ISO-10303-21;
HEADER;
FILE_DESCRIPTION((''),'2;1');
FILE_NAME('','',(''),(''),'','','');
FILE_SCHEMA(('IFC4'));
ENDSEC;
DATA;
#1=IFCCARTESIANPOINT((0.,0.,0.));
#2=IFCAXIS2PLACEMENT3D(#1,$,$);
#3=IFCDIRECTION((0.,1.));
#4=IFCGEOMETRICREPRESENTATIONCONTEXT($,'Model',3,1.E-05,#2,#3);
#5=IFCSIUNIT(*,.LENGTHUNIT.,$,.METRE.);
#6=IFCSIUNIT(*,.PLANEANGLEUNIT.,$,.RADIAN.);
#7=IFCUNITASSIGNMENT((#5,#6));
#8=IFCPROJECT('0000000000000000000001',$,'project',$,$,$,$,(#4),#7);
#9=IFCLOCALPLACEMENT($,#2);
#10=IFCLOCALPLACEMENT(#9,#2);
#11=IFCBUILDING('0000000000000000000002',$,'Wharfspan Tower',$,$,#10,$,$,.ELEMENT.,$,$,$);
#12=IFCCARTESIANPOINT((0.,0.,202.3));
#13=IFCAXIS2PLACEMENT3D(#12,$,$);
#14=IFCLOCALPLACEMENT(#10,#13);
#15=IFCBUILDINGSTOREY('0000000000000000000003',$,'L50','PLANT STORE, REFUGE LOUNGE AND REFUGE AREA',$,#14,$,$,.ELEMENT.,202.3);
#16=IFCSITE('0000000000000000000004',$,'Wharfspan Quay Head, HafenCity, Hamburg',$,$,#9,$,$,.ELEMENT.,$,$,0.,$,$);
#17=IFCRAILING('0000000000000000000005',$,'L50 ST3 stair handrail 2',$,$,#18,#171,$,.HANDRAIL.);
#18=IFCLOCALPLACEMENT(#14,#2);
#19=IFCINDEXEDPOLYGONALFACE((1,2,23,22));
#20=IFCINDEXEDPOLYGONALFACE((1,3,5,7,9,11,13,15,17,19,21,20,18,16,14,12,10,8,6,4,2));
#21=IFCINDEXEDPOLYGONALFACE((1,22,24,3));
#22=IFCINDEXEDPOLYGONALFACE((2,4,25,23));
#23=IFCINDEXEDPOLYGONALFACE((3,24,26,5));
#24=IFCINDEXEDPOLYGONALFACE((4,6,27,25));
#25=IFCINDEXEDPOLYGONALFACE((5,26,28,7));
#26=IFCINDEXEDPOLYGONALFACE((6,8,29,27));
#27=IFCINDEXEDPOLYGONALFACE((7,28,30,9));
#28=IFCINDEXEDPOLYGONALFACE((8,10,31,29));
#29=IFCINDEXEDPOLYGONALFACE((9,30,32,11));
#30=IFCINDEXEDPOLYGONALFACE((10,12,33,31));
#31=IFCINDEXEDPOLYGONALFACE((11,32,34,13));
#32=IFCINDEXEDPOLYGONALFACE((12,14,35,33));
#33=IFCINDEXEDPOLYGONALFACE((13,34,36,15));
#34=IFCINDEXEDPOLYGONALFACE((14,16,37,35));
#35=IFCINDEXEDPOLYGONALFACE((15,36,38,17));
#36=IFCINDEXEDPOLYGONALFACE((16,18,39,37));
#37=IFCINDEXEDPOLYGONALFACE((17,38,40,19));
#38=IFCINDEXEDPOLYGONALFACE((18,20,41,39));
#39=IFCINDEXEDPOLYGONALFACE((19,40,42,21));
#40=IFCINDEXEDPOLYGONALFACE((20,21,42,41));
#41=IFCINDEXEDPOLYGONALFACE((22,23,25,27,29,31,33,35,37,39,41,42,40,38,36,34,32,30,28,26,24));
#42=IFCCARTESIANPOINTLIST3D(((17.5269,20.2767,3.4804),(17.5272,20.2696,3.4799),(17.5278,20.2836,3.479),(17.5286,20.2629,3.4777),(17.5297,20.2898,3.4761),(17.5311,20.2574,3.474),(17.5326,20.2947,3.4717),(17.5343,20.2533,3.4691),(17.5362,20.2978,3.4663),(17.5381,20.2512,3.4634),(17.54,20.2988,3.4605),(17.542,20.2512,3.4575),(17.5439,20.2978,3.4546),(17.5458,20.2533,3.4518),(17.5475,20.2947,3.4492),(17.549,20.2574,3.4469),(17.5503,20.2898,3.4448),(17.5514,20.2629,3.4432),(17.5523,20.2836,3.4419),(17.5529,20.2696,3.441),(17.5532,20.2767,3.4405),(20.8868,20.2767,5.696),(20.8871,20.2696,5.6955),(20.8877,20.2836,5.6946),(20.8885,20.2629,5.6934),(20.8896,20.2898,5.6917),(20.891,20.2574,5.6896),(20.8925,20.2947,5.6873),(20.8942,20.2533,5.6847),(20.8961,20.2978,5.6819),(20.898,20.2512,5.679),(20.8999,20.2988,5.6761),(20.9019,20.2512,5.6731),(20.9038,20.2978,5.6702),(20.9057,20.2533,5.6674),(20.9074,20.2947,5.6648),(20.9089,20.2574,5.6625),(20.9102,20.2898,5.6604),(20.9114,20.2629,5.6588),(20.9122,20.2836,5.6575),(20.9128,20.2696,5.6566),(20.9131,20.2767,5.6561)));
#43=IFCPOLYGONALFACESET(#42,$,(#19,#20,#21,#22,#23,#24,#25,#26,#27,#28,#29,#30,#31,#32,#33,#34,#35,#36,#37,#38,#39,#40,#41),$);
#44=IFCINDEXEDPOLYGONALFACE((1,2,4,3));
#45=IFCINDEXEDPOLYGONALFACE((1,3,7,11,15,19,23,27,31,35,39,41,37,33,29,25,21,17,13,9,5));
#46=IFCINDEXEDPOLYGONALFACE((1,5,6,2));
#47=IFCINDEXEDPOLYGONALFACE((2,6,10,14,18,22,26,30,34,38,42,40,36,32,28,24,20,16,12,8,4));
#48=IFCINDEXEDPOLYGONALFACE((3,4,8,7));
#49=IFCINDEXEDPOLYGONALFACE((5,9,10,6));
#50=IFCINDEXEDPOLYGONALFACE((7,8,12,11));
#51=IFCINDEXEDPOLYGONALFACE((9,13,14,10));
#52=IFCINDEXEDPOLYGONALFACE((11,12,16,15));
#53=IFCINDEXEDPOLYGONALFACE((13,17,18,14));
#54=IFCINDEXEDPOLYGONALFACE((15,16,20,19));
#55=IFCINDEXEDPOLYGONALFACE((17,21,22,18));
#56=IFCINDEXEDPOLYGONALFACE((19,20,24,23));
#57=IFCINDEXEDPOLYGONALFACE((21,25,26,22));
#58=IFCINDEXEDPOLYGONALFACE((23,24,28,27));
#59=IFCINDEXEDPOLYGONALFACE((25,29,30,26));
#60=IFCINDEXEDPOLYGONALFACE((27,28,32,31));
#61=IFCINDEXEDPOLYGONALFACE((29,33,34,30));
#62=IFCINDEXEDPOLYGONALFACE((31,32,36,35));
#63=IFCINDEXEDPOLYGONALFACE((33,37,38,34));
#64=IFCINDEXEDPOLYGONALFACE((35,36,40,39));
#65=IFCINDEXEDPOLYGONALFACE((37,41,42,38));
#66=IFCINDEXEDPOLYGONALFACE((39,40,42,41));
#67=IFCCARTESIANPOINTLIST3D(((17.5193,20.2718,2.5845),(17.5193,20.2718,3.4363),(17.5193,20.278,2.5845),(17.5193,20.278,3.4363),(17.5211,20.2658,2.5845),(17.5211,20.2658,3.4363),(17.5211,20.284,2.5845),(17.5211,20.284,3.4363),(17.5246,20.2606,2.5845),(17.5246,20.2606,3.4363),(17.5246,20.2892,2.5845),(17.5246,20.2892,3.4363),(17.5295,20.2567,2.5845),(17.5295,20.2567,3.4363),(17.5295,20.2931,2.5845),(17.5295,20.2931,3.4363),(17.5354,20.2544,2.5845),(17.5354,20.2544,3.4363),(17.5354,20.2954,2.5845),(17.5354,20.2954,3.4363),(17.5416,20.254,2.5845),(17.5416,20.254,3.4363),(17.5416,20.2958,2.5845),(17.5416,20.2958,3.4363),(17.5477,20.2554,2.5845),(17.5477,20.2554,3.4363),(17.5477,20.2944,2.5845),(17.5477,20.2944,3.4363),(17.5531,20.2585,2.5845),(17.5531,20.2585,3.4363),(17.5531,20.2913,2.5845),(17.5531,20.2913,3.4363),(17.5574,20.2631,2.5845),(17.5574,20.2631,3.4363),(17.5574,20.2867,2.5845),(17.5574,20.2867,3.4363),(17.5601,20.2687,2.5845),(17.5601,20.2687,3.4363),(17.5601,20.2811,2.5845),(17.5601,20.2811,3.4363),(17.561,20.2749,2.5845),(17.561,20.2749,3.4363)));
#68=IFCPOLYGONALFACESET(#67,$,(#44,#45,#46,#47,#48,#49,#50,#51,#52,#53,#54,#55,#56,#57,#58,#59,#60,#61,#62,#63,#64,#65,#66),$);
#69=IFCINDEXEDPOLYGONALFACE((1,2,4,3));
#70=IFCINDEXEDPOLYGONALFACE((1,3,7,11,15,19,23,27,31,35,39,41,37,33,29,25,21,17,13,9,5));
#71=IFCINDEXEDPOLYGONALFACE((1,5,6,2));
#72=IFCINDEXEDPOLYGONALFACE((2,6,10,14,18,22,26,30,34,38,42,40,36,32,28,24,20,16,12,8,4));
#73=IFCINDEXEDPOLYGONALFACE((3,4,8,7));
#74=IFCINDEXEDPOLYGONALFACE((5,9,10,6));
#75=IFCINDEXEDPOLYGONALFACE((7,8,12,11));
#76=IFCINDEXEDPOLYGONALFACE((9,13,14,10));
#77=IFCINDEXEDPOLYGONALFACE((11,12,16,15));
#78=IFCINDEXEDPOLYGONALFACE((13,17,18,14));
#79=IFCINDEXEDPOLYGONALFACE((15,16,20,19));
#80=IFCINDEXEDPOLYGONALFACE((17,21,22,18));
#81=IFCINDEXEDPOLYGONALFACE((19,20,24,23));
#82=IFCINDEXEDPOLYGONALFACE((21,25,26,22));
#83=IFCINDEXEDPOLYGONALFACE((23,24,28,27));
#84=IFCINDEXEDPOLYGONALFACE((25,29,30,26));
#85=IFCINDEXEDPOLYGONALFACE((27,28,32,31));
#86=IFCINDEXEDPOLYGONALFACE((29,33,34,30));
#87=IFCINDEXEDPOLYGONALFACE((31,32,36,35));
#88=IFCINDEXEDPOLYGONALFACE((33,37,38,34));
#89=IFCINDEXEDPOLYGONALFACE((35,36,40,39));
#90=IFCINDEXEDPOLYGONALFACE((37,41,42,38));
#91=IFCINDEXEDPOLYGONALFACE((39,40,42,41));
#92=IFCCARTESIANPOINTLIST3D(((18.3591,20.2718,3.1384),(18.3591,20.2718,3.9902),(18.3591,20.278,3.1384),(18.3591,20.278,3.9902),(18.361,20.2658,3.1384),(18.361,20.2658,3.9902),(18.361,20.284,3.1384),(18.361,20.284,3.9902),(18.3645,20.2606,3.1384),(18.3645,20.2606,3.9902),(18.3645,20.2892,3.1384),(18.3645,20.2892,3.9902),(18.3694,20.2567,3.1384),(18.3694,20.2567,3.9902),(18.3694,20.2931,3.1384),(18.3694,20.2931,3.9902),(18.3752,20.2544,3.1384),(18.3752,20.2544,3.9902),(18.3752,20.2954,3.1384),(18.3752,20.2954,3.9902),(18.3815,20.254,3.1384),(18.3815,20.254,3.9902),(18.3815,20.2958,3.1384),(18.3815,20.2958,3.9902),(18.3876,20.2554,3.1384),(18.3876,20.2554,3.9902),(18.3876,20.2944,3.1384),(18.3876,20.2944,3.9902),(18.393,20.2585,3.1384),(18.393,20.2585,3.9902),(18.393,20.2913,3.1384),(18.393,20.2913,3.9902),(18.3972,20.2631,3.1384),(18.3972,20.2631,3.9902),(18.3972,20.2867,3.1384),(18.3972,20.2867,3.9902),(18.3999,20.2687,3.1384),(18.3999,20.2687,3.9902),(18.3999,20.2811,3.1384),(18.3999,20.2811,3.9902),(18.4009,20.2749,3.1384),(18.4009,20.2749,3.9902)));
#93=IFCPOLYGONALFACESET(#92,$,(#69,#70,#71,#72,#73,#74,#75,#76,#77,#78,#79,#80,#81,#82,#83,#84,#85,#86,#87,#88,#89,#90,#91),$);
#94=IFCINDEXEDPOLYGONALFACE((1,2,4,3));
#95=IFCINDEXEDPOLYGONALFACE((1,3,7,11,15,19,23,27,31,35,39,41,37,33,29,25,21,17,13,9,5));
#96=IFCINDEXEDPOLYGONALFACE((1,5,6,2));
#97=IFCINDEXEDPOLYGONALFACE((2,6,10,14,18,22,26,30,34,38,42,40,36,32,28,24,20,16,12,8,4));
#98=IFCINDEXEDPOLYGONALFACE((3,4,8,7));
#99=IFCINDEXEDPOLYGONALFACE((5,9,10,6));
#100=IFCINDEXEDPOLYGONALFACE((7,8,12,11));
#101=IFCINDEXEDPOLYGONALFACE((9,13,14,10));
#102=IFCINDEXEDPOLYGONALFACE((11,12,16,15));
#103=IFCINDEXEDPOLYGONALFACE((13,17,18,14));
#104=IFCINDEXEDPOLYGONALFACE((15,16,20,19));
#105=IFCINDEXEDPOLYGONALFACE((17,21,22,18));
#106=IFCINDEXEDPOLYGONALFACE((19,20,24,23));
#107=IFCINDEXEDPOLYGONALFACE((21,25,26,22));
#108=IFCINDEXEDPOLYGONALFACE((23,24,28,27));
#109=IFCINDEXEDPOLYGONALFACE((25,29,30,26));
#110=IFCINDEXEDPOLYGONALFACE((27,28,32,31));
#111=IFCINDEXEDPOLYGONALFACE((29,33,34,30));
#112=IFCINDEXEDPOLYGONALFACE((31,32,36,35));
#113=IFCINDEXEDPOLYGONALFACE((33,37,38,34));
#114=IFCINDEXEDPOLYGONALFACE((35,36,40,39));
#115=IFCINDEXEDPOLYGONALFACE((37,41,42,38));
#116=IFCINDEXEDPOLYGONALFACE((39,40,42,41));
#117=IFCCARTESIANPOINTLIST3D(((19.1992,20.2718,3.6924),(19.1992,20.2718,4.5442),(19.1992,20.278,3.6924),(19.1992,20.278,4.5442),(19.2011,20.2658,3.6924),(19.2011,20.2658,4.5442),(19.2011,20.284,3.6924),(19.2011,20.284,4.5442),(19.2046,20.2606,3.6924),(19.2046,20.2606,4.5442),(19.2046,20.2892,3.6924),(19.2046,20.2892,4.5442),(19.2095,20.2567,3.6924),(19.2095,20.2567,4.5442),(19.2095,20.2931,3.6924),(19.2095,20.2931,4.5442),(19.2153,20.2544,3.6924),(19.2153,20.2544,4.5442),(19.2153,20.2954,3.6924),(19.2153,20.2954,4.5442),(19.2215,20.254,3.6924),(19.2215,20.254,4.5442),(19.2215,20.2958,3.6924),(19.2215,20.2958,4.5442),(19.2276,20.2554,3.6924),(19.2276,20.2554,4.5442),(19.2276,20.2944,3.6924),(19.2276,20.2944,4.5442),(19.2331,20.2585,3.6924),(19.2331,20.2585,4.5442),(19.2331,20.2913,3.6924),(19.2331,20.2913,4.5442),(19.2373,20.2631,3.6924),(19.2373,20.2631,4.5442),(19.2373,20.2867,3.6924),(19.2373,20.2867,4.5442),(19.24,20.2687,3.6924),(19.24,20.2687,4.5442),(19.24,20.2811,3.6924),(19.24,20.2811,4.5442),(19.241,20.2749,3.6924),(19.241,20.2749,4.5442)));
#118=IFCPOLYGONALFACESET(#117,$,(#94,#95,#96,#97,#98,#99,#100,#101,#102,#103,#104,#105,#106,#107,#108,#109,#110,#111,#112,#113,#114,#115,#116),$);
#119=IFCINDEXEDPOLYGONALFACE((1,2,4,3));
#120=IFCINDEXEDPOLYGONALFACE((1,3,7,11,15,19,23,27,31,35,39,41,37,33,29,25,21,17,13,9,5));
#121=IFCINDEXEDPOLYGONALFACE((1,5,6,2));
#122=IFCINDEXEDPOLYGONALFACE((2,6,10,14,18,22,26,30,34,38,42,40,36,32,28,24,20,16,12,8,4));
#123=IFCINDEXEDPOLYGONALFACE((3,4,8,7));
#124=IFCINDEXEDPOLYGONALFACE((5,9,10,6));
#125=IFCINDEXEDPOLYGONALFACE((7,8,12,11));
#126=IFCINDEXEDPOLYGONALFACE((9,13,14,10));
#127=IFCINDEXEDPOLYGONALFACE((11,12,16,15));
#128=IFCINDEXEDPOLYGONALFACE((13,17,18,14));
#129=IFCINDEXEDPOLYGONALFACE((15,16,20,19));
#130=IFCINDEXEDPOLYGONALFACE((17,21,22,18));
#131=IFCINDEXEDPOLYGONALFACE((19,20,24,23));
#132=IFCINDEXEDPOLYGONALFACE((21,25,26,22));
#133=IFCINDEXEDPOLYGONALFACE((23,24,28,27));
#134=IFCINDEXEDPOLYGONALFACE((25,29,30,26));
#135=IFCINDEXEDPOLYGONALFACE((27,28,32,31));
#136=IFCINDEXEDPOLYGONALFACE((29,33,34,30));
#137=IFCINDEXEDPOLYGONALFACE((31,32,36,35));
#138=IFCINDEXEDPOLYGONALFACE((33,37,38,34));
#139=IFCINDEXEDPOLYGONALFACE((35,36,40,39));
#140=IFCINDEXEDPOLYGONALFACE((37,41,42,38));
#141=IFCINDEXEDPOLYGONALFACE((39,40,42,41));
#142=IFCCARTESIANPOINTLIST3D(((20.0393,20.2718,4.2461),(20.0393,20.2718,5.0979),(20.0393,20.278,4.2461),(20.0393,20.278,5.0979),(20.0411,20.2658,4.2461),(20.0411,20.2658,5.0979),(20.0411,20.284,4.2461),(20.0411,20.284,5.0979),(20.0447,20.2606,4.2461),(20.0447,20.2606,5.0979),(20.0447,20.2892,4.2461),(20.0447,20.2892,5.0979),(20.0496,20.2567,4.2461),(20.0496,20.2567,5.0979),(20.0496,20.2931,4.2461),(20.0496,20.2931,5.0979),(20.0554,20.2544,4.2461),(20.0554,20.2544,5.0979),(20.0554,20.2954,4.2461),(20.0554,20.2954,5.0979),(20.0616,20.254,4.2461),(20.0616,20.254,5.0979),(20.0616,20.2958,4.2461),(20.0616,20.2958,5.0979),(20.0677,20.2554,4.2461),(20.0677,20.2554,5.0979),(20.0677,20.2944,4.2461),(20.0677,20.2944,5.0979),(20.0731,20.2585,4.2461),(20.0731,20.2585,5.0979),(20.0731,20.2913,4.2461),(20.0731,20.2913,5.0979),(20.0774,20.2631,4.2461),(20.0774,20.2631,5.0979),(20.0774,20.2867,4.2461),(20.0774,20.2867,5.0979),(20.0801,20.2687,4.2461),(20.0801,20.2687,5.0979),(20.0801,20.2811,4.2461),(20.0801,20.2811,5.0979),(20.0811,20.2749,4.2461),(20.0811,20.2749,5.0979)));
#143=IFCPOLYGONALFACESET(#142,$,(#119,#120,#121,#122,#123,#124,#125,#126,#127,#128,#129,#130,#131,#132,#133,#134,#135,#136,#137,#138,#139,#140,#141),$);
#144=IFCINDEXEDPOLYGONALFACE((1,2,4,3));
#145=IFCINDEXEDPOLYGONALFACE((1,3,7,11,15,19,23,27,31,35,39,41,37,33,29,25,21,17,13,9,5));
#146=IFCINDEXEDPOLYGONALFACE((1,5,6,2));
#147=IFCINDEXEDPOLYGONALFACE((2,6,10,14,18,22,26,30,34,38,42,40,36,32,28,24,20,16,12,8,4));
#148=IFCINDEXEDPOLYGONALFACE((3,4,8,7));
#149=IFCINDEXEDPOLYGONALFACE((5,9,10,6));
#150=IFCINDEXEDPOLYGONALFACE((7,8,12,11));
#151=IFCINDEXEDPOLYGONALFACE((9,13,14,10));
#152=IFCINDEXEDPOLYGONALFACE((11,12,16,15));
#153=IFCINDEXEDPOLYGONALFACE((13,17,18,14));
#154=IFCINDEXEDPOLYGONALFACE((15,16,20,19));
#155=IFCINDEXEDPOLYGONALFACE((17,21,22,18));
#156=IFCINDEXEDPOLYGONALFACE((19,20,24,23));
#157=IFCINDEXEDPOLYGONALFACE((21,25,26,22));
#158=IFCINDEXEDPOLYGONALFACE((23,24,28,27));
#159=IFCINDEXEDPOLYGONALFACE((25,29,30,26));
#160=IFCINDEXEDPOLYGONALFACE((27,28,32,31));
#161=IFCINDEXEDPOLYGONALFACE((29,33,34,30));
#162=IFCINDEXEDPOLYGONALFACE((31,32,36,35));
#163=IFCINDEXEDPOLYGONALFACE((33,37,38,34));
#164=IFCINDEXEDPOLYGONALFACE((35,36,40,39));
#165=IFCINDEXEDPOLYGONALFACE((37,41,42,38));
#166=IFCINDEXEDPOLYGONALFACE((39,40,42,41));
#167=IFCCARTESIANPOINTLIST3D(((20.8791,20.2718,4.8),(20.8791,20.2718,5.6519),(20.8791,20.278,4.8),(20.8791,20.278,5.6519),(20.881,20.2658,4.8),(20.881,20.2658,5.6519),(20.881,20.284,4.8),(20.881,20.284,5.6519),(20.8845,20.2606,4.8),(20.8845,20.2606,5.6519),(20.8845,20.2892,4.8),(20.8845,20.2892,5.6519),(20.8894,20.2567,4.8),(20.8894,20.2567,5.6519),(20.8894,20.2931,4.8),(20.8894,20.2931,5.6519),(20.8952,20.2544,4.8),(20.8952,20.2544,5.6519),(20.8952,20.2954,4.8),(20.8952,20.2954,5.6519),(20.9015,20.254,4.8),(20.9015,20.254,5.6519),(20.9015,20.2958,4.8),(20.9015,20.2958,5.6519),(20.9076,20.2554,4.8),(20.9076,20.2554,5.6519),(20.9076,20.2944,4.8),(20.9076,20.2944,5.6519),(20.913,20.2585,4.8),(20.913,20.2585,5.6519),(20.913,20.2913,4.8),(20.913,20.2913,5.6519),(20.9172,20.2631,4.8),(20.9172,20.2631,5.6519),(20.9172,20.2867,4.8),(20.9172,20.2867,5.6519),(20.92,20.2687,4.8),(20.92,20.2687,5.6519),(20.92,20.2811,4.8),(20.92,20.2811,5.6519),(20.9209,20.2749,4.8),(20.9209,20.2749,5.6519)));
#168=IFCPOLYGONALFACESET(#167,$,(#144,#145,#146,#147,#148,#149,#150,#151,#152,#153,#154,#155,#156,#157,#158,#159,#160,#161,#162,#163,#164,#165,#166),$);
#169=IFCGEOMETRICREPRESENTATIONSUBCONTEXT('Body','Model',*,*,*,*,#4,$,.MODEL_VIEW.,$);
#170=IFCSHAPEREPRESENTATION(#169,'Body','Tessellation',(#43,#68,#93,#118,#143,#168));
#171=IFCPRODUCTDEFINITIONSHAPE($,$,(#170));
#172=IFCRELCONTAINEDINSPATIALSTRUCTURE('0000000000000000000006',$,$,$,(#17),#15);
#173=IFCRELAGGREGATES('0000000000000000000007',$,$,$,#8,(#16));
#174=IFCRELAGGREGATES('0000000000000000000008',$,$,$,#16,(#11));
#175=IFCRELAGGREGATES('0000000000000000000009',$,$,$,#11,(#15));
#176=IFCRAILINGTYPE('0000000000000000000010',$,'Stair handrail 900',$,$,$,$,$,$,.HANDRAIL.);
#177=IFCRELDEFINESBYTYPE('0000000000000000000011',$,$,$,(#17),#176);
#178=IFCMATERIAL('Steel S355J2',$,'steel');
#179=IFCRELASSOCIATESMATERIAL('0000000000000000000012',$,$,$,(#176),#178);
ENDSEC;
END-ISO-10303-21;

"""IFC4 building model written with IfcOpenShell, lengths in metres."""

from ifc_helpers import new_model, si_unit, direction, frame, origin, origin_2d, place, context, subcontext, project, spatial, circle, extrude, material, type_object, element, save


model = new_model("IFC4")

# Units and contexts
model_context = context("Model", 3, precision=1e-05, world=origin(), true_north=direction((0.0, 1.0)))
body_context = subcontext(model_context, "Body", "Model", "MODEL_VIEW")
ifc_project = project(units=[si_unit("LENGTHUNIT", "METRE"), si_unit("PLANEANGLEUNIT", "RADIAN")], contexts=[model_context])

# Site, building, storey
site_placement = place(None, origin())
site = spatial("IfcSite", under=ifc_project, at=site_placement, Name="Wharfspan Quay Head, HafenCity, Hamburg", CompositionType="ELEMENT", RefElevation=0.0)
building_placement = place(site_placement, origin())
building = spatial("IfcBuilding", under=site, at=building_placement, Name="Wharfspan Tower", CompositionType="ELEMENT")
storey_placement = place(building_placement, frame((0.0, 0.0, 202.3)))
storey = spatial("IfcBuildingStorey", under=building, at=storey_placement, Name="L50", Description="PLANT STORE, REFUGE LOUNGE AND REFUGE AREA", CompositionType="ELEMENT", Elevation=202.3)

# Railing
ifc_material_1 = material(Name="Steel S355J2", Category="steel")
railing_type_1 = type_object("IfcRailingType", Name="Stair handrail 900", PredefinedType="HANDRAIL", material=ifc_material_1)
railing_1_placement = place(storey_placement, frame((17.54, 20.2749, 2.5845)))
element("IfcRailing", 1, at=railing_1_placement, inside=storey, type_object=railing_type_1, Name="L50 ST3 stair handrail 2", PredefinedType="HANDRAIL", context=body_context, shape_type="SweptSolid", body=[
    extrude(circle(Radius=0.0239, at=origin_2d()), frame((0.0, 0.0, 0.876), z_axis=(0.83483, 0.0, 0.550508), x_axis=(0.0, 1.0, 0.0)), (0.0, 0.0, 1.0), 4.0247),
    extrude(circle(Radius=0.021, at=origin_2d()), origin(), (0.0, 0.0, 1.0), 0.8518),
    extrude(circle(Radius=0.021, at=origin_2d()), frame((0.8398, 0.0, 0.554)), (0.0, 0.0, 1.0), 0.8518),
    extrude(circle(Radius=0.021, at=origin_2d()), frame((1.6799, 0.0, 1.1079)), (0.0, 0.0, 1.0), 0.8518),
    extrude(circle(Radius=0.021, at=origin_2d()), frame((2.52, 0.0, 1.6616)), (0.0, 0.0, 1.0), 0.8518),
    extrude(circle(Radius=0.021, at=origin_2d()), frame((3.3599, 0.0, 2.2156)), (0.0, 0.0, 1.0), 0.8518),
])

save(model, "model.ifc")
